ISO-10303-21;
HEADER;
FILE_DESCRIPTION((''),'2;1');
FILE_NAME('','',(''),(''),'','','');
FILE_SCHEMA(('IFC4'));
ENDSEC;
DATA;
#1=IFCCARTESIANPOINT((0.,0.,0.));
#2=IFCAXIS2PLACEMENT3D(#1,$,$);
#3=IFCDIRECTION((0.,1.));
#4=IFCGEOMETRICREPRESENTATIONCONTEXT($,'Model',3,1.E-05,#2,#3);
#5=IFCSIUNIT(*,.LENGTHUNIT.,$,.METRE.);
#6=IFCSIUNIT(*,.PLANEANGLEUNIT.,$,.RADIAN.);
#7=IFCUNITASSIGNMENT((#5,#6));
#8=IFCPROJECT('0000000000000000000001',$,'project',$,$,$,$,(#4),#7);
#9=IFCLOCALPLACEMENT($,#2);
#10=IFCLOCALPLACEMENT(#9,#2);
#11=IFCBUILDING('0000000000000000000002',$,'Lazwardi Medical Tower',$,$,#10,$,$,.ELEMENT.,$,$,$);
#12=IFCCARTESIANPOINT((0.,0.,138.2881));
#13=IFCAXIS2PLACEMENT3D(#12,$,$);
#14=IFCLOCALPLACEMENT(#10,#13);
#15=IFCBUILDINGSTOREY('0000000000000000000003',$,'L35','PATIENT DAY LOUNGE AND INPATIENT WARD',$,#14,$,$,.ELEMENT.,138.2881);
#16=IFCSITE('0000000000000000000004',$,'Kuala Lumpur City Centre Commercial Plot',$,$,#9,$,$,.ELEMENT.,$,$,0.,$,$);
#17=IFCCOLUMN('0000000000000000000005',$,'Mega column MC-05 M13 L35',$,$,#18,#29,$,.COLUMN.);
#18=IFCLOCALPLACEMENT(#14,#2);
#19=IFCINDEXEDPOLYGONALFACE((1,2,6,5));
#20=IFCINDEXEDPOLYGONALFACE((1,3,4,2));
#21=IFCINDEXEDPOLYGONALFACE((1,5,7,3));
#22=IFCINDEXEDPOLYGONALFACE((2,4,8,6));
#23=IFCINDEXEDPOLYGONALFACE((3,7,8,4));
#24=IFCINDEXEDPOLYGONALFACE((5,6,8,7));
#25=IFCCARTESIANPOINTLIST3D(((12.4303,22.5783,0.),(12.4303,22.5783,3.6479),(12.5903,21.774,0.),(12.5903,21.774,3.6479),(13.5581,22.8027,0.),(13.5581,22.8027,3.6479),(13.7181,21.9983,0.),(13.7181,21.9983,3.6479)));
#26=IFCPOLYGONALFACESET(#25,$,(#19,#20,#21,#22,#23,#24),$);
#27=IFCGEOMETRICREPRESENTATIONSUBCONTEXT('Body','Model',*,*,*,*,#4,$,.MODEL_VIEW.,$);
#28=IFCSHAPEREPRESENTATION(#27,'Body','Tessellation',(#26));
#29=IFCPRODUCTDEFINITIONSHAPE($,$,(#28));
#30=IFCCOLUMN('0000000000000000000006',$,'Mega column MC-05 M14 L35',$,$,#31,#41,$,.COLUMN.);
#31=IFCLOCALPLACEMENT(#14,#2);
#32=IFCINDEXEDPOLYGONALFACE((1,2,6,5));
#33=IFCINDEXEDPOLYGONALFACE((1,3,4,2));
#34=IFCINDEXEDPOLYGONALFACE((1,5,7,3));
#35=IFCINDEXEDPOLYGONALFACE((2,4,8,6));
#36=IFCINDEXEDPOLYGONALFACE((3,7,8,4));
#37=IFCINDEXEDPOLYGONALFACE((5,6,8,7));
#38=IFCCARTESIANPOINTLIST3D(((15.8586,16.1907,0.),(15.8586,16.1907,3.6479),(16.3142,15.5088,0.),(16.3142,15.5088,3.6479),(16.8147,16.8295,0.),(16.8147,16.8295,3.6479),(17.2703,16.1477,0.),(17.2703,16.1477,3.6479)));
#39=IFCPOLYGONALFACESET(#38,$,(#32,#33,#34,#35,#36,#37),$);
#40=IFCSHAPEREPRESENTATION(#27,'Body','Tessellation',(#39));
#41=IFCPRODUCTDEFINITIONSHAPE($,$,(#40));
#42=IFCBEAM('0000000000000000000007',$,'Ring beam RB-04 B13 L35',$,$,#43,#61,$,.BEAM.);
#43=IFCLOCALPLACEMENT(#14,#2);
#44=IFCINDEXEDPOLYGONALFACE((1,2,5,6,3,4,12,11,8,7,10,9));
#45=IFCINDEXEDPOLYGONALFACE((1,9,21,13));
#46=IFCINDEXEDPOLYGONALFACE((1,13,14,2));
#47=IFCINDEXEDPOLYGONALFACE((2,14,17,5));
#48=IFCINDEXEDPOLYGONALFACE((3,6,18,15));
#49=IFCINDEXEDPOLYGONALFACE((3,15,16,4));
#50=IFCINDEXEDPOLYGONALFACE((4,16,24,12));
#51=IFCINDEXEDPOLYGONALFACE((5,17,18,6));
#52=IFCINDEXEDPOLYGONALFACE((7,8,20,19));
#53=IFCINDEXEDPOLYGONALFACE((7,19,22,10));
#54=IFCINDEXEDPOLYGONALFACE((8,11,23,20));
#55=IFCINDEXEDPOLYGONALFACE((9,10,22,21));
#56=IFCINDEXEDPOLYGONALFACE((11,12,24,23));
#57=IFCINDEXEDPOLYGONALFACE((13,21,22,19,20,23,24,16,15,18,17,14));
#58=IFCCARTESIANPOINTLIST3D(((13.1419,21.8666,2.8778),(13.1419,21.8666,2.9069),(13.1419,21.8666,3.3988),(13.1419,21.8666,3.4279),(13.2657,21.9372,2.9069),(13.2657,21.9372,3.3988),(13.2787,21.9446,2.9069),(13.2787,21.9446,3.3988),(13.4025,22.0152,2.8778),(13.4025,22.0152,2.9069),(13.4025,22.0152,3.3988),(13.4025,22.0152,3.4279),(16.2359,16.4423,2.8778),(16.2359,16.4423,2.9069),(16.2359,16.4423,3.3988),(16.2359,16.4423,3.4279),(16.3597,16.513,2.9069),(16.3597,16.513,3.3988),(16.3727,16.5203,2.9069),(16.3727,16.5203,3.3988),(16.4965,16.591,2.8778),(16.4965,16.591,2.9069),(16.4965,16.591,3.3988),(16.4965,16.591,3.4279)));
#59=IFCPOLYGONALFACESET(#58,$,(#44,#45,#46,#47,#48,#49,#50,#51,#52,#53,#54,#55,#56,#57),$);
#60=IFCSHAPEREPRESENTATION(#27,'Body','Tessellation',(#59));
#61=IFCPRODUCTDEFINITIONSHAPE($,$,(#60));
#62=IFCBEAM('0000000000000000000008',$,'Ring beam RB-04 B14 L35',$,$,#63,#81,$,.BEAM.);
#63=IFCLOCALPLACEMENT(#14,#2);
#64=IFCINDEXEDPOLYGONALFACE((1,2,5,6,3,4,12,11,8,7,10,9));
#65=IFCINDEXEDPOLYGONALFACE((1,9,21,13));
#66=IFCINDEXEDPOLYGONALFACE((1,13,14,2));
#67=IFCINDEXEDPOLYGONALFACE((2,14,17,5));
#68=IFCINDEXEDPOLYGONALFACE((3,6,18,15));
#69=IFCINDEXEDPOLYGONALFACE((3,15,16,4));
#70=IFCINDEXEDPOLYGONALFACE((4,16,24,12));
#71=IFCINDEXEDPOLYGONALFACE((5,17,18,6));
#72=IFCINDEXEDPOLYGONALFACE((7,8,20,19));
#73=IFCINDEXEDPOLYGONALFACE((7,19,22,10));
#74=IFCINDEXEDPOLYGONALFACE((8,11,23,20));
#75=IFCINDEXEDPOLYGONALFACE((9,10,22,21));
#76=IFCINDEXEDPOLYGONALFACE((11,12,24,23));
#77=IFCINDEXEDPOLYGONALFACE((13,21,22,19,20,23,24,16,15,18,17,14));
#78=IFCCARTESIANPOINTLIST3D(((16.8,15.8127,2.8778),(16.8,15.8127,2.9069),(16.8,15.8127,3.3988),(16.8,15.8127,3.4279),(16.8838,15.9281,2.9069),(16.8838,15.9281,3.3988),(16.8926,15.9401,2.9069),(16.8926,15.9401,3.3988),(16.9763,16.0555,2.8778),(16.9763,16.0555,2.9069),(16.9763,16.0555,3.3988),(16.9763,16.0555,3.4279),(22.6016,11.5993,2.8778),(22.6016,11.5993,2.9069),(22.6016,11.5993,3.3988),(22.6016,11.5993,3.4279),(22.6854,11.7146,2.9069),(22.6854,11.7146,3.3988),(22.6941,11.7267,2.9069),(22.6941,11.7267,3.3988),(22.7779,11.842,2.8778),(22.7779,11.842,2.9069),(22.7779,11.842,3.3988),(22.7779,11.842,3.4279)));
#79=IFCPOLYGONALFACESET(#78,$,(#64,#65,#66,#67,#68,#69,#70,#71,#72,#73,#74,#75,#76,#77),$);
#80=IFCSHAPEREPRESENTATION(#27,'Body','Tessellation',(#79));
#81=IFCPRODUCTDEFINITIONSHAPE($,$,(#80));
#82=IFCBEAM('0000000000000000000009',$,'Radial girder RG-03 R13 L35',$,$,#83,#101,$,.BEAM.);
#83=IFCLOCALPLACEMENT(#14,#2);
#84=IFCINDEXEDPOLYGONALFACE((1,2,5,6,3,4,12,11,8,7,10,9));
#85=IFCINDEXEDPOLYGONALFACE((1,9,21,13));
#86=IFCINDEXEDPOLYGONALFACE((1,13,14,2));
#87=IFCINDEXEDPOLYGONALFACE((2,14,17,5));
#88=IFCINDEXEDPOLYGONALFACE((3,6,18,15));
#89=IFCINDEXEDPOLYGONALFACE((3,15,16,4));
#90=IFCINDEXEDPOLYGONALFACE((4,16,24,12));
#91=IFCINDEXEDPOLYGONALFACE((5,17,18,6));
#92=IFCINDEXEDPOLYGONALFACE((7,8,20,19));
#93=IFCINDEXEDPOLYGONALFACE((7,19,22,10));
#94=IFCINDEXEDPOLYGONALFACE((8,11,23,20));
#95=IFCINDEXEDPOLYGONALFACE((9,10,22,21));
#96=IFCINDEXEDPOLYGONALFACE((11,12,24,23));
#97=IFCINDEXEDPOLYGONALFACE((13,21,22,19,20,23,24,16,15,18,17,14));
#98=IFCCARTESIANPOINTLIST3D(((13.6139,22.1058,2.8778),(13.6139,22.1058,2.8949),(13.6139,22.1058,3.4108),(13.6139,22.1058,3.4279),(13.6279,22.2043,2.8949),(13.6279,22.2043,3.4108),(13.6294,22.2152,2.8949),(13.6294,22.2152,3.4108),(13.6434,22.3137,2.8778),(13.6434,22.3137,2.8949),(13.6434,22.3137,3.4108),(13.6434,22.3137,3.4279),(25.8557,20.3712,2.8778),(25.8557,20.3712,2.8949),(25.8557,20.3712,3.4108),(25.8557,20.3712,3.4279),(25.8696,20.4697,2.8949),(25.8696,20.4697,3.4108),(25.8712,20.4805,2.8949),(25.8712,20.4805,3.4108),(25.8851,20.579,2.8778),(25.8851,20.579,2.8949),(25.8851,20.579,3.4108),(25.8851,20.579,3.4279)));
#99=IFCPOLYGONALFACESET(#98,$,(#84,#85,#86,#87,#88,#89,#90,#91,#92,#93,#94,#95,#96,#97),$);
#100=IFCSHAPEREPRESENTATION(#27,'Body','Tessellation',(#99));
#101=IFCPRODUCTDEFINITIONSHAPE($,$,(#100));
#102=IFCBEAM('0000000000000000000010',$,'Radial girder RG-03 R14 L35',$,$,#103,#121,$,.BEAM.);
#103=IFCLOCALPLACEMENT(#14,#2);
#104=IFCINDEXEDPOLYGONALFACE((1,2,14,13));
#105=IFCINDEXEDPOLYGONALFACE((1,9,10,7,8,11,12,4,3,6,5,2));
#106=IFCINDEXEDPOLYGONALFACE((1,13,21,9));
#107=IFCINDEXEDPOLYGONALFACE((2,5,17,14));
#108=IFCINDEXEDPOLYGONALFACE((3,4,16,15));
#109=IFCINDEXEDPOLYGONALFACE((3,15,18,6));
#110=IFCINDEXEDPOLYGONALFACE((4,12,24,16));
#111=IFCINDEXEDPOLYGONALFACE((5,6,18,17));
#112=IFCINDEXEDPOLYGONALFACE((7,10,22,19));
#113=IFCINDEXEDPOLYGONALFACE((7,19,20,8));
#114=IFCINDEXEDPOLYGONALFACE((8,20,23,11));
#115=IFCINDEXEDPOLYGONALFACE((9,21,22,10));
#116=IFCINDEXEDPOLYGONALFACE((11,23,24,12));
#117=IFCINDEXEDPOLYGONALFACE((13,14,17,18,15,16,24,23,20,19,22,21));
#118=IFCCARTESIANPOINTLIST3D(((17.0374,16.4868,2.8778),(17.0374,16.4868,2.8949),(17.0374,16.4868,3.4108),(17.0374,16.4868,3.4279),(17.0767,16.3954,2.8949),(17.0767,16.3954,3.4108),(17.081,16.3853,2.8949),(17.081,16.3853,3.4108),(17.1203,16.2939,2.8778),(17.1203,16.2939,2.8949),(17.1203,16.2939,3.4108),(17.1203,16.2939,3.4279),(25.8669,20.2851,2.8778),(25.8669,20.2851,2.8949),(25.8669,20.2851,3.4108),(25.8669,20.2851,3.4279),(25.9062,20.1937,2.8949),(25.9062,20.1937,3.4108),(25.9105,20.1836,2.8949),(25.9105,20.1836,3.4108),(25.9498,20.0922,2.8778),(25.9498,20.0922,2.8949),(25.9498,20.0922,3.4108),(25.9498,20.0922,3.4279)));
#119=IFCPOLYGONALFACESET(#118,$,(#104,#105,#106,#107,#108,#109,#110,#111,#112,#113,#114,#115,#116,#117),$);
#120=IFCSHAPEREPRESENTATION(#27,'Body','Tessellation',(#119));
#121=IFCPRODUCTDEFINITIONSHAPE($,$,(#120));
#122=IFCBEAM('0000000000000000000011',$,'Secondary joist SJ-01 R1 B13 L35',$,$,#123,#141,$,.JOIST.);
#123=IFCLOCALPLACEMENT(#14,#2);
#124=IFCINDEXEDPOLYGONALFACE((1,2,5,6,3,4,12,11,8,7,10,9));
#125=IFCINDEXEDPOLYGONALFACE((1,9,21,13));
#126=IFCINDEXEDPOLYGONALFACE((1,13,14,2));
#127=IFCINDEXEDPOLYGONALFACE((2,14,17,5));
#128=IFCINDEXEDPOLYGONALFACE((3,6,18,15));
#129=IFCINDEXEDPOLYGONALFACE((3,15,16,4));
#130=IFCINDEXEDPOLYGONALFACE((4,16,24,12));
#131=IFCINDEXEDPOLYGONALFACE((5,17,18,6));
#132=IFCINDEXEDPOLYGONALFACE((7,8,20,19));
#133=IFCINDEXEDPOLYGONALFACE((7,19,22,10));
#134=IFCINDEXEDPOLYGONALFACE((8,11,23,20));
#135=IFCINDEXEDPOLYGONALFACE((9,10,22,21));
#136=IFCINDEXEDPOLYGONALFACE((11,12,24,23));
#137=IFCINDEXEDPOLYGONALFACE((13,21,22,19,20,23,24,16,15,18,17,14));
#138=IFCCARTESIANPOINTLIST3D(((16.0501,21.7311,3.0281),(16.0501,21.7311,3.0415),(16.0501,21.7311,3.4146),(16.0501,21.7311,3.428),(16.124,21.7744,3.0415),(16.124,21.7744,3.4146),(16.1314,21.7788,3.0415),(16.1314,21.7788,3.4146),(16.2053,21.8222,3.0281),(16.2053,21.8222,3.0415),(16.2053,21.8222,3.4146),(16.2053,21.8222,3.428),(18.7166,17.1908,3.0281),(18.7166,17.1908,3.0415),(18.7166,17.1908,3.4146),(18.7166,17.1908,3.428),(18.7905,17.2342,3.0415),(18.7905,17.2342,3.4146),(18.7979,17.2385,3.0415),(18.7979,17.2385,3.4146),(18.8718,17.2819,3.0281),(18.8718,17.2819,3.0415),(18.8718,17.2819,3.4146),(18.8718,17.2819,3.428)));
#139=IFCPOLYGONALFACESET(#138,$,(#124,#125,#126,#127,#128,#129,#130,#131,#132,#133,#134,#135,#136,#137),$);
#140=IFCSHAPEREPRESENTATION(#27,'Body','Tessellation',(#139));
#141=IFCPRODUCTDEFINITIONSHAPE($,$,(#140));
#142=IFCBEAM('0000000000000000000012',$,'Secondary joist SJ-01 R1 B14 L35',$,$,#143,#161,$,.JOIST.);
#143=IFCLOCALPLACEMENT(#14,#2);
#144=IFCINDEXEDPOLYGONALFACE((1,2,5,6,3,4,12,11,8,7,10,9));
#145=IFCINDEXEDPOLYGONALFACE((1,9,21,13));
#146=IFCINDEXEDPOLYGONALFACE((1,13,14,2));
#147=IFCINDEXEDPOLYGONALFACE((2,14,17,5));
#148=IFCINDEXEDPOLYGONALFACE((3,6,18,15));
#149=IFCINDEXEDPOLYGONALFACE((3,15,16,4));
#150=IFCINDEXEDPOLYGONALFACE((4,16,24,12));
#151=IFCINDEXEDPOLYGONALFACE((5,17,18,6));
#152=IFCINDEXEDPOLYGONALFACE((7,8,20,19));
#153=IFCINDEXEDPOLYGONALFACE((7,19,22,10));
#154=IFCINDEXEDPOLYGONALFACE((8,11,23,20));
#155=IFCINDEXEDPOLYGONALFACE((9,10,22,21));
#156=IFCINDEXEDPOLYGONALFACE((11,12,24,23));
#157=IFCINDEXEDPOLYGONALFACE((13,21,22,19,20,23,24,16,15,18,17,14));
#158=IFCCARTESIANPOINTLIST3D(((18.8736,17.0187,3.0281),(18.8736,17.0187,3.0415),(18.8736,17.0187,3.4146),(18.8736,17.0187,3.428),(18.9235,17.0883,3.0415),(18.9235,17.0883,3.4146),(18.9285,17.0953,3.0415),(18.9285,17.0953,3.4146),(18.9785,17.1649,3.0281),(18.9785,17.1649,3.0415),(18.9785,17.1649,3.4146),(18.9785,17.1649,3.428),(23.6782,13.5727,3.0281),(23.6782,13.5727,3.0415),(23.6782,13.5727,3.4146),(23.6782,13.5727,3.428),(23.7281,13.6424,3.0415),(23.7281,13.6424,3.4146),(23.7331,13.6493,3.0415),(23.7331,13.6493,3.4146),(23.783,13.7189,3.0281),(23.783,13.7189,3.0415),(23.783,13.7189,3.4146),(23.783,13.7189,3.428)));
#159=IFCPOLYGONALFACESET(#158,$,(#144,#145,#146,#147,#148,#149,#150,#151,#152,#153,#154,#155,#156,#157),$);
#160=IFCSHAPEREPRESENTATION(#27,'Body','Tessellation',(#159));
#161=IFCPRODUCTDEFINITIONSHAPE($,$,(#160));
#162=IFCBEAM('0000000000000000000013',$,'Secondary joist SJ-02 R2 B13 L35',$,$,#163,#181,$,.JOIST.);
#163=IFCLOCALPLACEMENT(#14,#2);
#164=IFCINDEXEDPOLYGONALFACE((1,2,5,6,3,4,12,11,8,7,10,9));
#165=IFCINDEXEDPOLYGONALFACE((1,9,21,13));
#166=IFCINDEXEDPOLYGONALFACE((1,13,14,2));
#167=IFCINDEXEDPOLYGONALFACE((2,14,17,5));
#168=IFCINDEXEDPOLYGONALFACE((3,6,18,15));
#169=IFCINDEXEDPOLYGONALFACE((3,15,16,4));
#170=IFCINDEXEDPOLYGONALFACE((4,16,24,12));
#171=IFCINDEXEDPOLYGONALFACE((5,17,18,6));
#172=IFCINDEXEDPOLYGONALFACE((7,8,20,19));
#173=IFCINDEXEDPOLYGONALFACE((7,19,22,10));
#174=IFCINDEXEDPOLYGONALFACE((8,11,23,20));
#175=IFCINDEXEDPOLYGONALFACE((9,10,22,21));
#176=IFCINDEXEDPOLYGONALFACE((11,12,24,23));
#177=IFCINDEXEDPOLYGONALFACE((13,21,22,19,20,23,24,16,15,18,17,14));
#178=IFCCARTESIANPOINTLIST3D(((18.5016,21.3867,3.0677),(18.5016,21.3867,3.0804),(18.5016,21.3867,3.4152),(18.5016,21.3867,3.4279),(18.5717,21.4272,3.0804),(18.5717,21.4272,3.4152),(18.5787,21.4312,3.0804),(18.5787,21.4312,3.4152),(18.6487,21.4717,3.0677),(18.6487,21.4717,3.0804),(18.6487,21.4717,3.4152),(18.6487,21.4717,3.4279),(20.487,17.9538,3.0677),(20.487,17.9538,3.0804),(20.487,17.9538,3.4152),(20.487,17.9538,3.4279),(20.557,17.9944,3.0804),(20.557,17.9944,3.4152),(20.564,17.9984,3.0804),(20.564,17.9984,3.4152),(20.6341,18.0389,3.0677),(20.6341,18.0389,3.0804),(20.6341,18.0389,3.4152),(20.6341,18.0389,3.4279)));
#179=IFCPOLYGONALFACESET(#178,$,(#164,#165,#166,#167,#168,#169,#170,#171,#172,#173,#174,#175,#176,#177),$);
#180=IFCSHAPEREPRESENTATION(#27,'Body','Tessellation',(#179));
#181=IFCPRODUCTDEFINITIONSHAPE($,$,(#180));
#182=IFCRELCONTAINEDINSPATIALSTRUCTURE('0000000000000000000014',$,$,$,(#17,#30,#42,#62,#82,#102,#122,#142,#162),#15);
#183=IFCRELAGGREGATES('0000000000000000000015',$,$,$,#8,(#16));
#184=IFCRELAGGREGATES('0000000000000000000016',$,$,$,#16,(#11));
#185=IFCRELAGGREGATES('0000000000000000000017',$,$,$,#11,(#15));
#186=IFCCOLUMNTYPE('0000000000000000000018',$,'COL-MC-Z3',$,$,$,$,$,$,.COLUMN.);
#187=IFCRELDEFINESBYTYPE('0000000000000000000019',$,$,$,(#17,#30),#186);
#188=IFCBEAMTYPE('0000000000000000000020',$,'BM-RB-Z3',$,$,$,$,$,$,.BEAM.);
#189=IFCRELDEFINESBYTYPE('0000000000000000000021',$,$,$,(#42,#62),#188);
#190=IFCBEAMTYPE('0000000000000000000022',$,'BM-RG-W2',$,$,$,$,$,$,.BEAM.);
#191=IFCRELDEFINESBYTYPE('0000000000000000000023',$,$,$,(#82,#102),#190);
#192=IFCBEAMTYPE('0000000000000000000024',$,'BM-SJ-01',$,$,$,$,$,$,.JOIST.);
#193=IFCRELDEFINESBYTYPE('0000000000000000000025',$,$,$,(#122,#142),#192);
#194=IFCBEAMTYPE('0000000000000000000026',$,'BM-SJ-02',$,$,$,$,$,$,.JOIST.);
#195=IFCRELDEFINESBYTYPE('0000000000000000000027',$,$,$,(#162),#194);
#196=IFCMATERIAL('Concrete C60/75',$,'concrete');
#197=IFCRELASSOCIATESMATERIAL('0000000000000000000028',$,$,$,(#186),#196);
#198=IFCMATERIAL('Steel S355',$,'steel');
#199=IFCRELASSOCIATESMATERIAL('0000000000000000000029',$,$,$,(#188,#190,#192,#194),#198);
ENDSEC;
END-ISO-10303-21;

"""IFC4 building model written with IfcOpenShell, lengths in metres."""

from ifc_helpers import new_model, si_unit, direction, frame, origin, origin_2d, place, context, subcontext, project, spatial, rectangle, i_section, extrude, material, material_profile, profile_set, type_object, element, save


model = new_model("IFC4")

# Units and contexts
model_context = context("Model", 3, precision=1e-05, world=origin(), true_north=direction((0.0, 1.0)))
body_context = subcontext(model_context, "Body", "Model", "MODEL_VIEW")
ifc_project = project(units=[si_unit("LENGTHUNIT", "METRE"), si_unit("PLANEANGLEUNIT", "RADIAN")], contexts=[model_context])

# Site, building, storey
site_placement = place(None, origin())
site = spatial("IfcSite", under=ifc_project, at=site_placement, Name="Kuala Lumpur City Centre Commercial Plot", CompositionType="ELEMENT", RefElevation=0.0)
building_placement = place(site_placement, origin())
building = spatial("IfcBuilding", under=site, at=building_placement, Name="Lazwardi Medical Tower", CompositionType="ELEMENT")
storey_placement = place(building_placement, frame((0.0, 0.0, 138.2881)))
storey = spatial("IfcBuildingStorey", under=building, at=storey_placement, Name="L35", Description="PATIENT DAY LOUNGE AND INPATIENT WARD", CompositionType="ELEMENT", Elevation=138.2881)

# Columns
ifc_material_1 = material(Name="Concrete C60/75", Category="concrete")
ifc_material_profile_1 = material_profile(ifc_material_1, rectangle(XDim=1.1499, YDim=0.8201, at=origin_2d()), Name="CFT-RECT 1150x820")
ifc_profile_set_1 = profile_set([ifc_material_profile_1], Name="Concrete C60/75")
column_type = type_object("IfcColumnType", Name="COL-MC-Z3", PredefinedType="COLUMN", material=ifc_profile_set_1)
for number, where, z_axis, x_axis, name in (
    (1, (13.0742, 22.2883, 0.0), (0.0, 0.0, 1.0), (-0.980785, -0.19509, 0.0), "Mega column MC-05 M13 L35"),
    (2, (16.5645, 16.1692, 0.0), (0.0, 0.0, 1.0), (-0.83147, -0.55557, 0.0), "Mega column MC-05 M14 L35"),
):
    element("IfcColumn", number, at=place(storey_placement, frame(where, z_axis=z_axis, x_axis=x_axis)), inside=storey, type_object=column_type, Name=name, PredefinedType="COLUMN", context=body_context, shape_type="SweptSolid", body=[
        extrude(rectangle(XDim=1.1499, YDim=0.8201, at=origin_2d()), origin(), (0.0, 0.0, 1.0), 3.6479),
    ])

# Beams
ifc_material_2 = material(Name="Steel S355", Category="steel")
ifc_material_profile_2 = material_profile(ifc_material_2, i_section(OverallWidth=0.3, OverallDepth=0.55, WebThickness=0.0149, FlangeThickness=0.0291, at=origin_2d()), Name="HEB 550")
ifc_profile_set_2 = profile_set([ifc_material_profile_2], Name="Steel S355")
beam_type_1 = type_object("IfcBeamType", Name="BM-RB-Z3", PredefinedType="BEAM", material=ifc_profile_set_2)
beam_1_placement = place(storey_placement, frame((13.2722, 21.9409, 3.1528), z_axis=(0.495461, -0.86863, 0.0), x_axis=(0.86863, 0.495461, 0.0)))
element("IfcBeam", 3, at=beam_1_placement, inside=storey, type_object=beam_type_1, Name="Ring beam RB-04 B13 L35", PredefinedType="BEAM", context=body_context, shape_type="SweptSolid", body=[
    extrude(i_section(OverallWidth=0.3, OverallDepth=0.55, WebThickness=0.0149, FlangeThickness=0.0291, at=origin_2d()), origin(), (0.0, 0.0, 1.0), 6.2446),
])
beam_2_placement = place(storey_placement, frame((16.8882, 15.9341, 3.1528), z_axis=(0.809128, -0.587633, 0.0), x_axis=(0.587633, 0.809128, 0.0)))
element("IfcBeam", 4, at=beam_2_placement, inside=storey, type_object=beam_type_1, Name="Ring beam RB-04 B14 L35", PredefinedType="BEAM", context=body_context, shape_type="SweptSolid", body=[
    extrude(i_section(OverallWidth=0.3, OverallDepth=0.55, WebThickness=0.0149, FlangeThickness=0.0291, at=origin_2d()), origin(), (0.0, 0.0, 1.0), 7.1702),
])
ifc_material_profile_3 = material_profile(ifc_material_2, i_section(OverallWidth=0.21, OverallDepth=0.55, WebThickness=0.011, FlangeThickness=0.0171, at=origin_2d()), Name="IPE 550")
ifc_profile_set_3 = profile_set([ifc_material_profile_3], Name="Steel S355")
beam_type_2 = type_object("IfcBeamType", Name="BM-RG-W2", PredefinedType="BEAM", material=ifc_profile_set_3)
beam_3_placement = place(storey_placement, frame((13.6287, 22.2097, 3.1528), z_axis=(0.99011, -0.140296, 0.0), x_axis=(0.140296, 0.99011, 0.0)))
element("IfcBeam", 5, at=beam_3_placement, inside=storey, type_object=beam_type_2, Name="Radial girder RG-03 R13 L35", PredefinedType="BEAM", context=body_context, shape_type="SweptSolid", body=[
    extrude(i_section(OverallWidth=0.21, OverallDepth=0.55, WebThickness=0.011, FlangeThickness=0.0171, at=origin_2d()), origin(), (0.0, 0.0, 1.0), 12.364),
])
beam_4_placement = place(storey_placement, frame((17.0789, 16.3904, 3.1528), z_axis=(0.918608, 0.39517, 0.0), x_axis=(-0.39517, 0.918608, 0.0)))
element("IfcBeam", 6, at=beam_4_placement, inside=storey, type_object=beam_type_2, Name="Radial girder RG-03 R14 L35", PredefinedType="BEAM", context=body_context, shape_type="SweptSolid", body=[
    extrude(i_section(OverallWidth=0.21, OverallDepth=0.55, WebThickness=0.011, FlangeThickness=0.0171, at=origin_2d()), origin(), (0.0, 0.0, 1.0), 9.6118),
])
ifc_material_profile_4 = material_profile(ifc_material_2, i_section(OverallWidth=0.1799, OverallDepth=0.3999, WebThickness=0.0085, FlangeThickness=0.0134, at=origin_2d()), Name="IPE 400")
ifc_profile_set_4 = profile_set([ifc_material_profile_4], Name="Steel S355")
beam_type_3 = type_object("IfcBeamType", Name="BM-SJ-01", PredefinedType="JOIST", material=ifc_profile_set_4)
beam_5_placement = place(storey_placement, frame((16.1277, 21.7766, 3.228), z_axis=(0.50642, -0.862287, 0.0), x_axis=(0.862287, 0.50642, 0.0)))
element("IfcBeam", 7, at=beam_5_placement, inside=storey, type_object=beam_type_3, Name="Secondary joist SJ-01 R1 B13 L35", PredefinedType="JOIST", context=body_context, shape_type="SweptSolid", body=[
    extrude(i_section(OverallWidth=0.1799, OverallDepth=0.3999, WebThickness=0.0085, FlangeThickness=0.0134, at=origin_2d()), origin(), (0.0, 0.0, 1.0), 5.2654),
])
beam_6_placement = place(storey_placement, frame((18.926, 17.0918, 3.228), z_axis=(0.812602, -0.582819, 0.0), x_axis=(0.582819, 0.812602, 0.0)))
element("IfcBeam", 8, at=beam_6_placement, inside=storey, type_object=beam_type_3, Name="Secondary joist SJ-01 R1 B14 L35", PredefinedType="JOIST", context=body_context, shape_type="SweptSolid", body=[
    extrude(i_section(OverallWidth=0.1799, OverallDepth=0.3999, WebThickness=0.0085, FlangeThickness=0.0134, at=origin_2d()), origin(), (0.0, 0.0, 1.0), 5.9126),
])
ifc_material_profile_5 = material_profile(ifc_material_2, i_section(OverallWidth=0.1699, OverallDepth=0.3601, WebThickness=0.0081, FlangeThickness=0.0127, at=origin_2d()), Name="IPE 360")
ifc_profile_set_5 = profile_set([ifc_material_profile_5], Name="Steel S355")
beam_type_4 = type_object("IfcBeamType", Name="BM-SJ-02", PredefinedType="JOIST", material=ifc_profile_set_5)
beam_7_placement = place(storey_placement, frame((18.5752, 21.4292, 3.2478), z_axis=(0.500641, -0.865655, 0.0), x_axis=(0.865655, 0.500641, 0.0)))
element("IfcBeam", 9, at=beam_7_placement, inside=storey, type_object=beam_type_4, Name="Secondary joist SJ-02 R2 B13 L35", PredefinedType="JOIST", context=body_context, shape_type="SweptSolid", body=[
    extrude(i_section(OverallWidth=0.1699, OverallDepth=0.3601, WebThickness=0.0081, FlangeThickness=0.0127, at=origin_2d()), origin(), (0.0, 0.0, 1.0), 3.9656),
])

save(model, "model.ifc")
